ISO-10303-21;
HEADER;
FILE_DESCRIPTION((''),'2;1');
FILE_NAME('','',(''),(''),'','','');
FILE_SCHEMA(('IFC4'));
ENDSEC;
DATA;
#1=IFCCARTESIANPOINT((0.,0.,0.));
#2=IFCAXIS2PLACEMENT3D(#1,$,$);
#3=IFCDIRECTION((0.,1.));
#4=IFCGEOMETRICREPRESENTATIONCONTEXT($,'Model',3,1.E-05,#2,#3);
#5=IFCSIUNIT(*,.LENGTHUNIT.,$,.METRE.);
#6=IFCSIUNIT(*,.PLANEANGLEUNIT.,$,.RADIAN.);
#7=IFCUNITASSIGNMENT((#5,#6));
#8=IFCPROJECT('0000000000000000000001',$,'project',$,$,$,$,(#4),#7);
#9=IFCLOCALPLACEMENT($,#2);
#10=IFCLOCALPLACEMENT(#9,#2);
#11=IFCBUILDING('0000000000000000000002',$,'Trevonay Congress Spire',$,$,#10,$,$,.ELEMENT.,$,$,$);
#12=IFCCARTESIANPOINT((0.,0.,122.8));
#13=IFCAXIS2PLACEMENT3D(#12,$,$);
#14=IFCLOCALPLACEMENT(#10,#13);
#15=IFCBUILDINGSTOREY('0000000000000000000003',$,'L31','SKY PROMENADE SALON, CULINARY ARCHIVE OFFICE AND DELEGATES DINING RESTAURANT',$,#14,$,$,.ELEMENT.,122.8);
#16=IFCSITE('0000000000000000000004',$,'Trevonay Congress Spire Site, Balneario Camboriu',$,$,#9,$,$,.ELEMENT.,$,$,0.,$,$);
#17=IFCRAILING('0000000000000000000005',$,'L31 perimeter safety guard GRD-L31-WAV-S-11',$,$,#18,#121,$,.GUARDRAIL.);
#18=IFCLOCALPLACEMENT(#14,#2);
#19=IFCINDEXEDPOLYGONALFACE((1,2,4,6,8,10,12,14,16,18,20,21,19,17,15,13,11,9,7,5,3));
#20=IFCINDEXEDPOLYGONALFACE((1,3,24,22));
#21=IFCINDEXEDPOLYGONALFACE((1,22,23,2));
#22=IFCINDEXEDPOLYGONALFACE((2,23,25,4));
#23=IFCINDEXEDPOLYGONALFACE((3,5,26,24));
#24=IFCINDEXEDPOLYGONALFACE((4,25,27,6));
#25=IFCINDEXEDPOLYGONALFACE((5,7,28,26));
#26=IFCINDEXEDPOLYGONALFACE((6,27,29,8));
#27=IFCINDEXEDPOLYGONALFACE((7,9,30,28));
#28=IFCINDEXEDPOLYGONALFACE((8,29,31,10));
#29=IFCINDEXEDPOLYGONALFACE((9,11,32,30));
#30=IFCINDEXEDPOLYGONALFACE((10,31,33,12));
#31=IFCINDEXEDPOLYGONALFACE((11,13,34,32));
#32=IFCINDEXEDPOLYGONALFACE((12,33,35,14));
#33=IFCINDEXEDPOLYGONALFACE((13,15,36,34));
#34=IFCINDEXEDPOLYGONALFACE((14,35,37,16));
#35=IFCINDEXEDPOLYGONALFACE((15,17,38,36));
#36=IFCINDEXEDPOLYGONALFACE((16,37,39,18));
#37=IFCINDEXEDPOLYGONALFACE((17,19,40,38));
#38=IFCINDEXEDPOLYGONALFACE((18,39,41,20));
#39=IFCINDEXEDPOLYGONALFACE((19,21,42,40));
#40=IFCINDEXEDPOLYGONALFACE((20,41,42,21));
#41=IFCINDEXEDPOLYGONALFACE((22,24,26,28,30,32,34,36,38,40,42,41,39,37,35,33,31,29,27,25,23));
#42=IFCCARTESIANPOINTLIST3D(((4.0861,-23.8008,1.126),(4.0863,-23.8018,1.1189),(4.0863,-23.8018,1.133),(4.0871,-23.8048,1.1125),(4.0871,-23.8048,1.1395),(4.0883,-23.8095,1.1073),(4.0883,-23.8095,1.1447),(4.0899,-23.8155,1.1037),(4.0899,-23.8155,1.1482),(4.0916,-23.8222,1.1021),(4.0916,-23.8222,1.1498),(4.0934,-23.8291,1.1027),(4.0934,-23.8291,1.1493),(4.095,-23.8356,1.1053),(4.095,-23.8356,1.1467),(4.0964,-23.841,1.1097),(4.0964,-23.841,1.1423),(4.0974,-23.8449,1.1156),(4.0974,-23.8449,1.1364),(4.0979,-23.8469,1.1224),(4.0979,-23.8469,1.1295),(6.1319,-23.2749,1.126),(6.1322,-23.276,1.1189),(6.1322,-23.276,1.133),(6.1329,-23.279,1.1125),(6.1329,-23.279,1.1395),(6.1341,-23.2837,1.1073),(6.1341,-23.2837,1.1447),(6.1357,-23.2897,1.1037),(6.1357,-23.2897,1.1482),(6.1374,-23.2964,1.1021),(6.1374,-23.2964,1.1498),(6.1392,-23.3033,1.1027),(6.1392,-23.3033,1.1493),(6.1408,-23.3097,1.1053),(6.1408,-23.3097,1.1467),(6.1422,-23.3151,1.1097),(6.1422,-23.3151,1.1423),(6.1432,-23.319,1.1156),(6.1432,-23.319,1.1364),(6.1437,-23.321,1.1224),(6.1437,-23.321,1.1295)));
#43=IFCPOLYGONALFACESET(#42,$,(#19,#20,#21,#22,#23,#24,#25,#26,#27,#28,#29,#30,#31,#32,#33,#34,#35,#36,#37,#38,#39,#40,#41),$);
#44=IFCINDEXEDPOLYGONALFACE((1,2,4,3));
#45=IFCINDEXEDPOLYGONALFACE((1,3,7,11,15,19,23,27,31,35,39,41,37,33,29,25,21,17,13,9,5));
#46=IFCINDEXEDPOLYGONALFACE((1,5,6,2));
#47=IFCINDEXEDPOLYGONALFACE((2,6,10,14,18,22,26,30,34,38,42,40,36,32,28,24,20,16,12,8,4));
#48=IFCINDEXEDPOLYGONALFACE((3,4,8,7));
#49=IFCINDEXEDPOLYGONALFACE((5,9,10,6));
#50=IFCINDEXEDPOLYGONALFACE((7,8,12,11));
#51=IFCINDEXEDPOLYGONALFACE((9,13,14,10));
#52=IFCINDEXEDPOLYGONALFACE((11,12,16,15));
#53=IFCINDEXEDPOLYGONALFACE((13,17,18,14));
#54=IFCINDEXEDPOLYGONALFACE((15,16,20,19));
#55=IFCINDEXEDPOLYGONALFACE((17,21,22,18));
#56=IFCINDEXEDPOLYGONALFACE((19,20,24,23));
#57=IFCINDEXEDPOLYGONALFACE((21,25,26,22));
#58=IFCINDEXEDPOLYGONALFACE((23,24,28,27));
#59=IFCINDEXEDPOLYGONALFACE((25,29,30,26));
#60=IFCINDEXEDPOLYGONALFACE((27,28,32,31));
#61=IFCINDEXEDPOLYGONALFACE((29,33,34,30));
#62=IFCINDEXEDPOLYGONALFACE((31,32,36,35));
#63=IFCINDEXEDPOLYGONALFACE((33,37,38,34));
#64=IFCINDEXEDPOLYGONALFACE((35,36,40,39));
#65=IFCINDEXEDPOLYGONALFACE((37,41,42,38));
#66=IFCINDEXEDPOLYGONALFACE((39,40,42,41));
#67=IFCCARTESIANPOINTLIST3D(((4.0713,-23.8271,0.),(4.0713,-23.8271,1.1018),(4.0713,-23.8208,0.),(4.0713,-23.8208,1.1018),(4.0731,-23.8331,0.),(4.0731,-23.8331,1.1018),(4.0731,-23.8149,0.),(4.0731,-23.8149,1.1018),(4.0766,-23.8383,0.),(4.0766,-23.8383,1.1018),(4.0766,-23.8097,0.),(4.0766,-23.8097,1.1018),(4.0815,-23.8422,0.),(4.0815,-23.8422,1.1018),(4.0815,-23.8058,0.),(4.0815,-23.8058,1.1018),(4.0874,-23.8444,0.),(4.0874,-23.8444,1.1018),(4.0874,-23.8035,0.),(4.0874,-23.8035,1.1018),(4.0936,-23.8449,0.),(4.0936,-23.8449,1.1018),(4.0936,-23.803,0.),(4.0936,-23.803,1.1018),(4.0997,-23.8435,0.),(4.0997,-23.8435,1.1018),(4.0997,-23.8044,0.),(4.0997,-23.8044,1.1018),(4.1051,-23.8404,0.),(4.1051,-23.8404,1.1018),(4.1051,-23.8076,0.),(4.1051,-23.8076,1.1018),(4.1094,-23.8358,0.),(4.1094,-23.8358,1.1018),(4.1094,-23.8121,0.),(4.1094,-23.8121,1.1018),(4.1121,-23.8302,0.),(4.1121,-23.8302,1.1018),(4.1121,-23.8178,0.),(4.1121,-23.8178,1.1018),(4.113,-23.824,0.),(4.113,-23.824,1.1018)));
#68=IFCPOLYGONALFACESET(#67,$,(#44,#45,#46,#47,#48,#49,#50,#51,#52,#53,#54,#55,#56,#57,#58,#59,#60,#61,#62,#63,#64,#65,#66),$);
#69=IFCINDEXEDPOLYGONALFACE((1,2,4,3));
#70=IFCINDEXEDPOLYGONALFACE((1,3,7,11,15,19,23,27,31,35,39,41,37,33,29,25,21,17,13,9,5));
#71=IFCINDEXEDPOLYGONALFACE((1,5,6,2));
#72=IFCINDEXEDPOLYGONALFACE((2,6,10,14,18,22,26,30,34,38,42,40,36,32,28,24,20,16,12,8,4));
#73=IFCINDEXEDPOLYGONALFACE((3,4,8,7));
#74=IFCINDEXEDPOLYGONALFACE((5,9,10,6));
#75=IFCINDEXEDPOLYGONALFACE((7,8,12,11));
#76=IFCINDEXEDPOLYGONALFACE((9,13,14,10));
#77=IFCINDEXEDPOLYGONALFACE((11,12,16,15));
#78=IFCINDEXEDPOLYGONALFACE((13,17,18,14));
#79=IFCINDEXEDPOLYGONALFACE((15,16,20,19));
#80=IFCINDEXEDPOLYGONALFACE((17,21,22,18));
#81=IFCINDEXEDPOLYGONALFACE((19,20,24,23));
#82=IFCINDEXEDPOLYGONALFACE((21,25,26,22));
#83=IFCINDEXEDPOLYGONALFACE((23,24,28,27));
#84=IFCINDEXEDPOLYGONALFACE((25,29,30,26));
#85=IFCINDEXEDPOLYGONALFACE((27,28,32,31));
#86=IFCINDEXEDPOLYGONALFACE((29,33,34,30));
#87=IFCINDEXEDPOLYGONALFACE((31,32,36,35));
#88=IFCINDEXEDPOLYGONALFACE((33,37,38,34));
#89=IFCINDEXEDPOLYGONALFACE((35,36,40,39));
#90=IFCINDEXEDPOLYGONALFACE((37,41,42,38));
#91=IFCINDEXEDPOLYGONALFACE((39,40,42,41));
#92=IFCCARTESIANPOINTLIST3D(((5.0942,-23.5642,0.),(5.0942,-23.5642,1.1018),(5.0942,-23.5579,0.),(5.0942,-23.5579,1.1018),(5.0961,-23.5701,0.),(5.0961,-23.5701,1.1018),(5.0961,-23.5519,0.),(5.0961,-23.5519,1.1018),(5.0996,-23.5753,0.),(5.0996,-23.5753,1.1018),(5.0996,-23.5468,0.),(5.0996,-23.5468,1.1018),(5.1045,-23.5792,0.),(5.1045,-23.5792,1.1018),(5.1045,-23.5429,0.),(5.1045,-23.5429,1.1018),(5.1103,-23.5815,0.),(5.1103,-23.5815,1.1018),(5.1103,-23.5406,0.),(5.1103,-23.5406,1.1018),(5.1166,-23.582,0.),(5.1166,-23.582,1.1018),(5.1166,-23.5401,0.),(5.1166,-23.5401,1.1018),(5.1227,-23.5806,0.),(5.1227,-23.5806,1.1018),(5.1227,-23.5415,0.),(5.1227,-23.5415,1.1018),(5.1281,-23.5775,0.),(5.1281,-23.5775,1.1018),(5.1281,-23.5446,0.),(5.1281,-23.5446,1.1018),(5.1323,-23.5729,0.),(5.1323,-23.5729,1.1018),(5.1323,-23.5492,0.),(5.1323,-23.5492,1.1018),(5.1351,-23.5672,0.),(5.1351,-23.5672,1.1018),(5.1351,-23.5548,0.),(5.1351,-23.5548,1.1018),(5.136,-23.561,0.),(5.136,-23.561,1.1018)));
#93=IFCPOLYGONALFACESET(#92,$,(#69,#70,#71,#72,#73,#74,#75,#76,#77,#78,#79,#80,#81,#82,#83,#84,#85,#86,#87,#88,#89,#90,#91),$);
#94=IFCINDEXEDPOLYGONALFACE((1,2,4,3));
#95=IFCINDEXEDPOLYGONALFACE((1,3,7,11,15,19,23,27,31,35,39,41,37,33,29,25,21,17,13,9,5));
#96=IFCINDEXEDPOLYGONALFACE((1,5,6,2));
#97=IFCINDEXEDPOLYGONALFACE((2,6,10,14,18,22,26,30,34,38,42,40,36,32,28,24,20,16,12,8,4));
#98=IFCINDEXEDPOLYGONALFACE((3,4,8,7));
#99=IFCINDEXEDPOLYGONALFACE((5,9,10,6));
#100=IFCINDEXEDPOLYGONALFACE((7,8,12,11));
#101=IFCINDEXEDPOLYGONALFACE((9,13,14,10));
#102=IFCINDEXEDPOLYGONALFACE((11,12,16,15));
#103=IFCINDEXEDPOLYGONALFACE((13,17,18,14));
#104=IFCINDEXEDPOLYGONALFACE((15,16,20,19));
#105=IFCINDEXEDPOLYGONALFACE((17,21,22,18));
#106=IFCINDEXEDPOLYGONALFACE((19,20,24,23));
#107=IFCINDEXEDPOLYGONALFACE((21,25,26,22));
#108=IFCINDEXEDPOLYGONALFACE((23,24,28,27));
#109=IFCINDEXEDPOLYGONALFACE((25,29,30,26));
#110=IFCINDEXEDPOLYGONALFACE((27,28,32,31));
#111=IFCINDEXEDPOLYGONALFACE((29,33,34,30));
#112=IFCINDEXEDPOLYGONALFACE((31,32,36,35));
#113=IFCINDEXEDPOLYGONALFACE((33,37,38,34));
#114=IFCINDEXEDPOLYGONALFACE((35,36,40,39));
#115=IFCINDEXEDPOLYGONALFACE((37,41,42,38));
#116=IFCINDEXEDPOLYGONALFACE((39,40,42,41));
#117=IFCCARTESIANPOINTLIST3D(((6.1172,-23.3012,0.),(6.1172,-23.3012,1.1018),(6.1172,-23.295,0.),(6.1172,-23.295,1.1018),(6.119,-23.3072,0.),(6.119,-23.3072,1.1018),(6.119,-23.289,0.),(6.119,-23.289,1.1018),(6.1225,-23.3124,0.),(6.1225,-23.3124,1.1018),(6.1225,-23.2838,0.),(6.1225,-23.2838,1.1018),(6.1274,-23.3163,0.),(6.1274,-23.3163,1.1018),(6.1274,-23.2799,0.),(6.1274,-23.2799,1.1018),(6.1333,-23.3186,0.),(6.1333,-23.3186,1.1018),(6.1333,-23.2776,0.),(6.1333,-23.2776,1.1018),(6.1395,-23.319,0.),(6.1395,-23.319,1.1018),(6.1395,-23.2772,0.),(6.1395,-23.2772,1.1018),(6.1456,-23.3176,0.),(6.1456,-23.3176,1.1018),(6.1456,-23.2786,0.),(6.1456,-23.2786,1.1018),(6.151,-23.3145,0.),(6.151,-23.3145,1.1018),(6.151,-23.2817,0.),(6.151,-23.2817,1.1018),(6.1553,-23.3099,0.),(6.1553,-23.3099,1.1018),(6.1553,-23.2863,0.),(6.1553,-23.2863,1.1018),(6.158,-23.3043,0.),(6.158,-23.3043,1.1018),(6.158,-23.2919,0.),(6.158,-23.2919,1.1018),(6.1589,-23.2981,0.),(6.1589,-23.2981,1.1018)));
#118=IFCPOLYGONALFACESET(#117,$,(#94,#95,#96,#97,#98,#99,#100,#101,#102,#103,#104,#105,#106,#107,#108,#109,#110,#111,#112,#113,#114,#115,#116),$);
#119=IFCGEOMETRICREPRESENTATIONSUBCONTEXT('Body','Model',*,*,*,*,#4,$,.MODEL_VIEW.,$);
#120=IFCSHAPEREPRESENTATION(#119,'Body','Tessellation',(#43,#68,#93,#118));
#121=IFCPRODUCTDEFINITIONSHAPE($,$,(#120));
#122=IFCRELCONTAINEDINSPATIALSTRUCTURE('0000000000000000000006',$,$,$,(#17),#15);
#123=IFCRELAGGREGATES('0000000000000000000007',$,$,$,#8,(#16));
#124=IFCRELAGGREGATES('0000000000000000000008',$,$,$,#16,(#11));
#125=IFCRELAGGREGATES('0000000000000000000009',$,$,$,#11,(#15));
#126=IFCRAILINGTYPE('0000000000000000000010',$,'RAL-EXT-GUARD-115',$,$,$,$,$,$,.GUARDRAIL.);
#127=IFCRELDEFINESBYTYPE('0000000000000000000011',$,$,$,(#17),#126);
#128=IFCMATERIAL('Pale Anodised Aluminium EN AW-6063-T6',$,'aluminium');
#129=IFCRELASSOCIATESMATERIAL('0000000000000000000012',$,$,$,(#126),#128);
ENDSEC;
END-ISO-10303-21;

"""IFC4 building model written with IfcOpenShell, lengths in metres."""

from ifc_helpers import new_model, si_unit, direction, frame, origin, origin_2d, place, context, subcontext, project, spatial, circle, extrude, material, type_object, element, save


model = new_model("IFC4")

# Units and contexts
model_context = context("Model", 3, precision=1e-05, world=origin(), true_north=direction((0.0, 1.0)))
body_context = subcontext(model_context, "Body", "Model", "MODEL_VIEW")
ifc_project = project(units=[si_unit("LENGTHUNIT", "METRE"), si_unit("PLANEANGLEUNIT", "RADIAN")], contexts=[model_context])

# Site, building, storey
site_placement = place(None, origin())
site = spatial("IfcSite", under=ifc_project, at=site_placement, Name="Trevonay Congress Spire Site, Balneario Camboriu", CompositionType="ELEMENT", RefElevation=0.0)
building_placement = place(site_placement, origin())
building = spatial("IfcBuilding", under=site, at=building_placement, Name="Trevonay Congress Spire", CompositionType="ELEMENT")
storey_placement = place(building_placement, frame((0.0, 0.0, 122.8)))
storey = spatial("IfcBuildingStorey", under=building, at=storey_placement, Name="L31", Description="SKY PROMENADE SALON, CULINARY ARCHIVE OFFICE AND DELEGATES DINING RESTAURANT", CompositionType="ELEMENT", Elevation=122.8)

# Shared definitions
ifc_material_1 = material(Name="Pale Anodised Aluminium EN AW-6063-T6", Category="aluminium")

# Railing
railing_type = type_object("IfcRailingType", Name="RAL-EXT-GUARD-115", PredefinedType="GUARDRAIL", material=ifc_material_1)
railing_1_placement = place(storey_placement, frame((4.092, -23.824, 0.0)))
element("IfcRailing", 1, at=railing_1_placement, inside=storey, type_object=railing_type, Name="L31 perimeter safety guard GRD-L31-WAV-S-11", PredefinedType="GUARDRAIL", context=body_context, shape_type="SweptSolid", body=[
    extrude(circle(Radius=0.0239, at=origin_2d()), frame((0.0, 0.0, 1.126), z_axis=(0.968517, 0.248948, 0.0), x_axis=(-0.248948, 0.968517, 0.0)), (0.0, 0.0, 1.0), 2.1123),
    extrude(circle(Radius=0.021, at=origin_2d()), origin(), (0.0, 0.0, 1.0), 1.1018),
    extrude(circle(Radius=0.021, at=origin_2d()), frame((1.0229, 0.2629, 0.0)), (0.0, 0.0, 1.0), 1.1018),
    extrude(circle(Radius=0.021, at=origin_2d()), frame((2.0459, 0.5259, 0.0)), (0.0, 0.0, 1.0), 1.1018),
])

save(model, "model.ifc")
